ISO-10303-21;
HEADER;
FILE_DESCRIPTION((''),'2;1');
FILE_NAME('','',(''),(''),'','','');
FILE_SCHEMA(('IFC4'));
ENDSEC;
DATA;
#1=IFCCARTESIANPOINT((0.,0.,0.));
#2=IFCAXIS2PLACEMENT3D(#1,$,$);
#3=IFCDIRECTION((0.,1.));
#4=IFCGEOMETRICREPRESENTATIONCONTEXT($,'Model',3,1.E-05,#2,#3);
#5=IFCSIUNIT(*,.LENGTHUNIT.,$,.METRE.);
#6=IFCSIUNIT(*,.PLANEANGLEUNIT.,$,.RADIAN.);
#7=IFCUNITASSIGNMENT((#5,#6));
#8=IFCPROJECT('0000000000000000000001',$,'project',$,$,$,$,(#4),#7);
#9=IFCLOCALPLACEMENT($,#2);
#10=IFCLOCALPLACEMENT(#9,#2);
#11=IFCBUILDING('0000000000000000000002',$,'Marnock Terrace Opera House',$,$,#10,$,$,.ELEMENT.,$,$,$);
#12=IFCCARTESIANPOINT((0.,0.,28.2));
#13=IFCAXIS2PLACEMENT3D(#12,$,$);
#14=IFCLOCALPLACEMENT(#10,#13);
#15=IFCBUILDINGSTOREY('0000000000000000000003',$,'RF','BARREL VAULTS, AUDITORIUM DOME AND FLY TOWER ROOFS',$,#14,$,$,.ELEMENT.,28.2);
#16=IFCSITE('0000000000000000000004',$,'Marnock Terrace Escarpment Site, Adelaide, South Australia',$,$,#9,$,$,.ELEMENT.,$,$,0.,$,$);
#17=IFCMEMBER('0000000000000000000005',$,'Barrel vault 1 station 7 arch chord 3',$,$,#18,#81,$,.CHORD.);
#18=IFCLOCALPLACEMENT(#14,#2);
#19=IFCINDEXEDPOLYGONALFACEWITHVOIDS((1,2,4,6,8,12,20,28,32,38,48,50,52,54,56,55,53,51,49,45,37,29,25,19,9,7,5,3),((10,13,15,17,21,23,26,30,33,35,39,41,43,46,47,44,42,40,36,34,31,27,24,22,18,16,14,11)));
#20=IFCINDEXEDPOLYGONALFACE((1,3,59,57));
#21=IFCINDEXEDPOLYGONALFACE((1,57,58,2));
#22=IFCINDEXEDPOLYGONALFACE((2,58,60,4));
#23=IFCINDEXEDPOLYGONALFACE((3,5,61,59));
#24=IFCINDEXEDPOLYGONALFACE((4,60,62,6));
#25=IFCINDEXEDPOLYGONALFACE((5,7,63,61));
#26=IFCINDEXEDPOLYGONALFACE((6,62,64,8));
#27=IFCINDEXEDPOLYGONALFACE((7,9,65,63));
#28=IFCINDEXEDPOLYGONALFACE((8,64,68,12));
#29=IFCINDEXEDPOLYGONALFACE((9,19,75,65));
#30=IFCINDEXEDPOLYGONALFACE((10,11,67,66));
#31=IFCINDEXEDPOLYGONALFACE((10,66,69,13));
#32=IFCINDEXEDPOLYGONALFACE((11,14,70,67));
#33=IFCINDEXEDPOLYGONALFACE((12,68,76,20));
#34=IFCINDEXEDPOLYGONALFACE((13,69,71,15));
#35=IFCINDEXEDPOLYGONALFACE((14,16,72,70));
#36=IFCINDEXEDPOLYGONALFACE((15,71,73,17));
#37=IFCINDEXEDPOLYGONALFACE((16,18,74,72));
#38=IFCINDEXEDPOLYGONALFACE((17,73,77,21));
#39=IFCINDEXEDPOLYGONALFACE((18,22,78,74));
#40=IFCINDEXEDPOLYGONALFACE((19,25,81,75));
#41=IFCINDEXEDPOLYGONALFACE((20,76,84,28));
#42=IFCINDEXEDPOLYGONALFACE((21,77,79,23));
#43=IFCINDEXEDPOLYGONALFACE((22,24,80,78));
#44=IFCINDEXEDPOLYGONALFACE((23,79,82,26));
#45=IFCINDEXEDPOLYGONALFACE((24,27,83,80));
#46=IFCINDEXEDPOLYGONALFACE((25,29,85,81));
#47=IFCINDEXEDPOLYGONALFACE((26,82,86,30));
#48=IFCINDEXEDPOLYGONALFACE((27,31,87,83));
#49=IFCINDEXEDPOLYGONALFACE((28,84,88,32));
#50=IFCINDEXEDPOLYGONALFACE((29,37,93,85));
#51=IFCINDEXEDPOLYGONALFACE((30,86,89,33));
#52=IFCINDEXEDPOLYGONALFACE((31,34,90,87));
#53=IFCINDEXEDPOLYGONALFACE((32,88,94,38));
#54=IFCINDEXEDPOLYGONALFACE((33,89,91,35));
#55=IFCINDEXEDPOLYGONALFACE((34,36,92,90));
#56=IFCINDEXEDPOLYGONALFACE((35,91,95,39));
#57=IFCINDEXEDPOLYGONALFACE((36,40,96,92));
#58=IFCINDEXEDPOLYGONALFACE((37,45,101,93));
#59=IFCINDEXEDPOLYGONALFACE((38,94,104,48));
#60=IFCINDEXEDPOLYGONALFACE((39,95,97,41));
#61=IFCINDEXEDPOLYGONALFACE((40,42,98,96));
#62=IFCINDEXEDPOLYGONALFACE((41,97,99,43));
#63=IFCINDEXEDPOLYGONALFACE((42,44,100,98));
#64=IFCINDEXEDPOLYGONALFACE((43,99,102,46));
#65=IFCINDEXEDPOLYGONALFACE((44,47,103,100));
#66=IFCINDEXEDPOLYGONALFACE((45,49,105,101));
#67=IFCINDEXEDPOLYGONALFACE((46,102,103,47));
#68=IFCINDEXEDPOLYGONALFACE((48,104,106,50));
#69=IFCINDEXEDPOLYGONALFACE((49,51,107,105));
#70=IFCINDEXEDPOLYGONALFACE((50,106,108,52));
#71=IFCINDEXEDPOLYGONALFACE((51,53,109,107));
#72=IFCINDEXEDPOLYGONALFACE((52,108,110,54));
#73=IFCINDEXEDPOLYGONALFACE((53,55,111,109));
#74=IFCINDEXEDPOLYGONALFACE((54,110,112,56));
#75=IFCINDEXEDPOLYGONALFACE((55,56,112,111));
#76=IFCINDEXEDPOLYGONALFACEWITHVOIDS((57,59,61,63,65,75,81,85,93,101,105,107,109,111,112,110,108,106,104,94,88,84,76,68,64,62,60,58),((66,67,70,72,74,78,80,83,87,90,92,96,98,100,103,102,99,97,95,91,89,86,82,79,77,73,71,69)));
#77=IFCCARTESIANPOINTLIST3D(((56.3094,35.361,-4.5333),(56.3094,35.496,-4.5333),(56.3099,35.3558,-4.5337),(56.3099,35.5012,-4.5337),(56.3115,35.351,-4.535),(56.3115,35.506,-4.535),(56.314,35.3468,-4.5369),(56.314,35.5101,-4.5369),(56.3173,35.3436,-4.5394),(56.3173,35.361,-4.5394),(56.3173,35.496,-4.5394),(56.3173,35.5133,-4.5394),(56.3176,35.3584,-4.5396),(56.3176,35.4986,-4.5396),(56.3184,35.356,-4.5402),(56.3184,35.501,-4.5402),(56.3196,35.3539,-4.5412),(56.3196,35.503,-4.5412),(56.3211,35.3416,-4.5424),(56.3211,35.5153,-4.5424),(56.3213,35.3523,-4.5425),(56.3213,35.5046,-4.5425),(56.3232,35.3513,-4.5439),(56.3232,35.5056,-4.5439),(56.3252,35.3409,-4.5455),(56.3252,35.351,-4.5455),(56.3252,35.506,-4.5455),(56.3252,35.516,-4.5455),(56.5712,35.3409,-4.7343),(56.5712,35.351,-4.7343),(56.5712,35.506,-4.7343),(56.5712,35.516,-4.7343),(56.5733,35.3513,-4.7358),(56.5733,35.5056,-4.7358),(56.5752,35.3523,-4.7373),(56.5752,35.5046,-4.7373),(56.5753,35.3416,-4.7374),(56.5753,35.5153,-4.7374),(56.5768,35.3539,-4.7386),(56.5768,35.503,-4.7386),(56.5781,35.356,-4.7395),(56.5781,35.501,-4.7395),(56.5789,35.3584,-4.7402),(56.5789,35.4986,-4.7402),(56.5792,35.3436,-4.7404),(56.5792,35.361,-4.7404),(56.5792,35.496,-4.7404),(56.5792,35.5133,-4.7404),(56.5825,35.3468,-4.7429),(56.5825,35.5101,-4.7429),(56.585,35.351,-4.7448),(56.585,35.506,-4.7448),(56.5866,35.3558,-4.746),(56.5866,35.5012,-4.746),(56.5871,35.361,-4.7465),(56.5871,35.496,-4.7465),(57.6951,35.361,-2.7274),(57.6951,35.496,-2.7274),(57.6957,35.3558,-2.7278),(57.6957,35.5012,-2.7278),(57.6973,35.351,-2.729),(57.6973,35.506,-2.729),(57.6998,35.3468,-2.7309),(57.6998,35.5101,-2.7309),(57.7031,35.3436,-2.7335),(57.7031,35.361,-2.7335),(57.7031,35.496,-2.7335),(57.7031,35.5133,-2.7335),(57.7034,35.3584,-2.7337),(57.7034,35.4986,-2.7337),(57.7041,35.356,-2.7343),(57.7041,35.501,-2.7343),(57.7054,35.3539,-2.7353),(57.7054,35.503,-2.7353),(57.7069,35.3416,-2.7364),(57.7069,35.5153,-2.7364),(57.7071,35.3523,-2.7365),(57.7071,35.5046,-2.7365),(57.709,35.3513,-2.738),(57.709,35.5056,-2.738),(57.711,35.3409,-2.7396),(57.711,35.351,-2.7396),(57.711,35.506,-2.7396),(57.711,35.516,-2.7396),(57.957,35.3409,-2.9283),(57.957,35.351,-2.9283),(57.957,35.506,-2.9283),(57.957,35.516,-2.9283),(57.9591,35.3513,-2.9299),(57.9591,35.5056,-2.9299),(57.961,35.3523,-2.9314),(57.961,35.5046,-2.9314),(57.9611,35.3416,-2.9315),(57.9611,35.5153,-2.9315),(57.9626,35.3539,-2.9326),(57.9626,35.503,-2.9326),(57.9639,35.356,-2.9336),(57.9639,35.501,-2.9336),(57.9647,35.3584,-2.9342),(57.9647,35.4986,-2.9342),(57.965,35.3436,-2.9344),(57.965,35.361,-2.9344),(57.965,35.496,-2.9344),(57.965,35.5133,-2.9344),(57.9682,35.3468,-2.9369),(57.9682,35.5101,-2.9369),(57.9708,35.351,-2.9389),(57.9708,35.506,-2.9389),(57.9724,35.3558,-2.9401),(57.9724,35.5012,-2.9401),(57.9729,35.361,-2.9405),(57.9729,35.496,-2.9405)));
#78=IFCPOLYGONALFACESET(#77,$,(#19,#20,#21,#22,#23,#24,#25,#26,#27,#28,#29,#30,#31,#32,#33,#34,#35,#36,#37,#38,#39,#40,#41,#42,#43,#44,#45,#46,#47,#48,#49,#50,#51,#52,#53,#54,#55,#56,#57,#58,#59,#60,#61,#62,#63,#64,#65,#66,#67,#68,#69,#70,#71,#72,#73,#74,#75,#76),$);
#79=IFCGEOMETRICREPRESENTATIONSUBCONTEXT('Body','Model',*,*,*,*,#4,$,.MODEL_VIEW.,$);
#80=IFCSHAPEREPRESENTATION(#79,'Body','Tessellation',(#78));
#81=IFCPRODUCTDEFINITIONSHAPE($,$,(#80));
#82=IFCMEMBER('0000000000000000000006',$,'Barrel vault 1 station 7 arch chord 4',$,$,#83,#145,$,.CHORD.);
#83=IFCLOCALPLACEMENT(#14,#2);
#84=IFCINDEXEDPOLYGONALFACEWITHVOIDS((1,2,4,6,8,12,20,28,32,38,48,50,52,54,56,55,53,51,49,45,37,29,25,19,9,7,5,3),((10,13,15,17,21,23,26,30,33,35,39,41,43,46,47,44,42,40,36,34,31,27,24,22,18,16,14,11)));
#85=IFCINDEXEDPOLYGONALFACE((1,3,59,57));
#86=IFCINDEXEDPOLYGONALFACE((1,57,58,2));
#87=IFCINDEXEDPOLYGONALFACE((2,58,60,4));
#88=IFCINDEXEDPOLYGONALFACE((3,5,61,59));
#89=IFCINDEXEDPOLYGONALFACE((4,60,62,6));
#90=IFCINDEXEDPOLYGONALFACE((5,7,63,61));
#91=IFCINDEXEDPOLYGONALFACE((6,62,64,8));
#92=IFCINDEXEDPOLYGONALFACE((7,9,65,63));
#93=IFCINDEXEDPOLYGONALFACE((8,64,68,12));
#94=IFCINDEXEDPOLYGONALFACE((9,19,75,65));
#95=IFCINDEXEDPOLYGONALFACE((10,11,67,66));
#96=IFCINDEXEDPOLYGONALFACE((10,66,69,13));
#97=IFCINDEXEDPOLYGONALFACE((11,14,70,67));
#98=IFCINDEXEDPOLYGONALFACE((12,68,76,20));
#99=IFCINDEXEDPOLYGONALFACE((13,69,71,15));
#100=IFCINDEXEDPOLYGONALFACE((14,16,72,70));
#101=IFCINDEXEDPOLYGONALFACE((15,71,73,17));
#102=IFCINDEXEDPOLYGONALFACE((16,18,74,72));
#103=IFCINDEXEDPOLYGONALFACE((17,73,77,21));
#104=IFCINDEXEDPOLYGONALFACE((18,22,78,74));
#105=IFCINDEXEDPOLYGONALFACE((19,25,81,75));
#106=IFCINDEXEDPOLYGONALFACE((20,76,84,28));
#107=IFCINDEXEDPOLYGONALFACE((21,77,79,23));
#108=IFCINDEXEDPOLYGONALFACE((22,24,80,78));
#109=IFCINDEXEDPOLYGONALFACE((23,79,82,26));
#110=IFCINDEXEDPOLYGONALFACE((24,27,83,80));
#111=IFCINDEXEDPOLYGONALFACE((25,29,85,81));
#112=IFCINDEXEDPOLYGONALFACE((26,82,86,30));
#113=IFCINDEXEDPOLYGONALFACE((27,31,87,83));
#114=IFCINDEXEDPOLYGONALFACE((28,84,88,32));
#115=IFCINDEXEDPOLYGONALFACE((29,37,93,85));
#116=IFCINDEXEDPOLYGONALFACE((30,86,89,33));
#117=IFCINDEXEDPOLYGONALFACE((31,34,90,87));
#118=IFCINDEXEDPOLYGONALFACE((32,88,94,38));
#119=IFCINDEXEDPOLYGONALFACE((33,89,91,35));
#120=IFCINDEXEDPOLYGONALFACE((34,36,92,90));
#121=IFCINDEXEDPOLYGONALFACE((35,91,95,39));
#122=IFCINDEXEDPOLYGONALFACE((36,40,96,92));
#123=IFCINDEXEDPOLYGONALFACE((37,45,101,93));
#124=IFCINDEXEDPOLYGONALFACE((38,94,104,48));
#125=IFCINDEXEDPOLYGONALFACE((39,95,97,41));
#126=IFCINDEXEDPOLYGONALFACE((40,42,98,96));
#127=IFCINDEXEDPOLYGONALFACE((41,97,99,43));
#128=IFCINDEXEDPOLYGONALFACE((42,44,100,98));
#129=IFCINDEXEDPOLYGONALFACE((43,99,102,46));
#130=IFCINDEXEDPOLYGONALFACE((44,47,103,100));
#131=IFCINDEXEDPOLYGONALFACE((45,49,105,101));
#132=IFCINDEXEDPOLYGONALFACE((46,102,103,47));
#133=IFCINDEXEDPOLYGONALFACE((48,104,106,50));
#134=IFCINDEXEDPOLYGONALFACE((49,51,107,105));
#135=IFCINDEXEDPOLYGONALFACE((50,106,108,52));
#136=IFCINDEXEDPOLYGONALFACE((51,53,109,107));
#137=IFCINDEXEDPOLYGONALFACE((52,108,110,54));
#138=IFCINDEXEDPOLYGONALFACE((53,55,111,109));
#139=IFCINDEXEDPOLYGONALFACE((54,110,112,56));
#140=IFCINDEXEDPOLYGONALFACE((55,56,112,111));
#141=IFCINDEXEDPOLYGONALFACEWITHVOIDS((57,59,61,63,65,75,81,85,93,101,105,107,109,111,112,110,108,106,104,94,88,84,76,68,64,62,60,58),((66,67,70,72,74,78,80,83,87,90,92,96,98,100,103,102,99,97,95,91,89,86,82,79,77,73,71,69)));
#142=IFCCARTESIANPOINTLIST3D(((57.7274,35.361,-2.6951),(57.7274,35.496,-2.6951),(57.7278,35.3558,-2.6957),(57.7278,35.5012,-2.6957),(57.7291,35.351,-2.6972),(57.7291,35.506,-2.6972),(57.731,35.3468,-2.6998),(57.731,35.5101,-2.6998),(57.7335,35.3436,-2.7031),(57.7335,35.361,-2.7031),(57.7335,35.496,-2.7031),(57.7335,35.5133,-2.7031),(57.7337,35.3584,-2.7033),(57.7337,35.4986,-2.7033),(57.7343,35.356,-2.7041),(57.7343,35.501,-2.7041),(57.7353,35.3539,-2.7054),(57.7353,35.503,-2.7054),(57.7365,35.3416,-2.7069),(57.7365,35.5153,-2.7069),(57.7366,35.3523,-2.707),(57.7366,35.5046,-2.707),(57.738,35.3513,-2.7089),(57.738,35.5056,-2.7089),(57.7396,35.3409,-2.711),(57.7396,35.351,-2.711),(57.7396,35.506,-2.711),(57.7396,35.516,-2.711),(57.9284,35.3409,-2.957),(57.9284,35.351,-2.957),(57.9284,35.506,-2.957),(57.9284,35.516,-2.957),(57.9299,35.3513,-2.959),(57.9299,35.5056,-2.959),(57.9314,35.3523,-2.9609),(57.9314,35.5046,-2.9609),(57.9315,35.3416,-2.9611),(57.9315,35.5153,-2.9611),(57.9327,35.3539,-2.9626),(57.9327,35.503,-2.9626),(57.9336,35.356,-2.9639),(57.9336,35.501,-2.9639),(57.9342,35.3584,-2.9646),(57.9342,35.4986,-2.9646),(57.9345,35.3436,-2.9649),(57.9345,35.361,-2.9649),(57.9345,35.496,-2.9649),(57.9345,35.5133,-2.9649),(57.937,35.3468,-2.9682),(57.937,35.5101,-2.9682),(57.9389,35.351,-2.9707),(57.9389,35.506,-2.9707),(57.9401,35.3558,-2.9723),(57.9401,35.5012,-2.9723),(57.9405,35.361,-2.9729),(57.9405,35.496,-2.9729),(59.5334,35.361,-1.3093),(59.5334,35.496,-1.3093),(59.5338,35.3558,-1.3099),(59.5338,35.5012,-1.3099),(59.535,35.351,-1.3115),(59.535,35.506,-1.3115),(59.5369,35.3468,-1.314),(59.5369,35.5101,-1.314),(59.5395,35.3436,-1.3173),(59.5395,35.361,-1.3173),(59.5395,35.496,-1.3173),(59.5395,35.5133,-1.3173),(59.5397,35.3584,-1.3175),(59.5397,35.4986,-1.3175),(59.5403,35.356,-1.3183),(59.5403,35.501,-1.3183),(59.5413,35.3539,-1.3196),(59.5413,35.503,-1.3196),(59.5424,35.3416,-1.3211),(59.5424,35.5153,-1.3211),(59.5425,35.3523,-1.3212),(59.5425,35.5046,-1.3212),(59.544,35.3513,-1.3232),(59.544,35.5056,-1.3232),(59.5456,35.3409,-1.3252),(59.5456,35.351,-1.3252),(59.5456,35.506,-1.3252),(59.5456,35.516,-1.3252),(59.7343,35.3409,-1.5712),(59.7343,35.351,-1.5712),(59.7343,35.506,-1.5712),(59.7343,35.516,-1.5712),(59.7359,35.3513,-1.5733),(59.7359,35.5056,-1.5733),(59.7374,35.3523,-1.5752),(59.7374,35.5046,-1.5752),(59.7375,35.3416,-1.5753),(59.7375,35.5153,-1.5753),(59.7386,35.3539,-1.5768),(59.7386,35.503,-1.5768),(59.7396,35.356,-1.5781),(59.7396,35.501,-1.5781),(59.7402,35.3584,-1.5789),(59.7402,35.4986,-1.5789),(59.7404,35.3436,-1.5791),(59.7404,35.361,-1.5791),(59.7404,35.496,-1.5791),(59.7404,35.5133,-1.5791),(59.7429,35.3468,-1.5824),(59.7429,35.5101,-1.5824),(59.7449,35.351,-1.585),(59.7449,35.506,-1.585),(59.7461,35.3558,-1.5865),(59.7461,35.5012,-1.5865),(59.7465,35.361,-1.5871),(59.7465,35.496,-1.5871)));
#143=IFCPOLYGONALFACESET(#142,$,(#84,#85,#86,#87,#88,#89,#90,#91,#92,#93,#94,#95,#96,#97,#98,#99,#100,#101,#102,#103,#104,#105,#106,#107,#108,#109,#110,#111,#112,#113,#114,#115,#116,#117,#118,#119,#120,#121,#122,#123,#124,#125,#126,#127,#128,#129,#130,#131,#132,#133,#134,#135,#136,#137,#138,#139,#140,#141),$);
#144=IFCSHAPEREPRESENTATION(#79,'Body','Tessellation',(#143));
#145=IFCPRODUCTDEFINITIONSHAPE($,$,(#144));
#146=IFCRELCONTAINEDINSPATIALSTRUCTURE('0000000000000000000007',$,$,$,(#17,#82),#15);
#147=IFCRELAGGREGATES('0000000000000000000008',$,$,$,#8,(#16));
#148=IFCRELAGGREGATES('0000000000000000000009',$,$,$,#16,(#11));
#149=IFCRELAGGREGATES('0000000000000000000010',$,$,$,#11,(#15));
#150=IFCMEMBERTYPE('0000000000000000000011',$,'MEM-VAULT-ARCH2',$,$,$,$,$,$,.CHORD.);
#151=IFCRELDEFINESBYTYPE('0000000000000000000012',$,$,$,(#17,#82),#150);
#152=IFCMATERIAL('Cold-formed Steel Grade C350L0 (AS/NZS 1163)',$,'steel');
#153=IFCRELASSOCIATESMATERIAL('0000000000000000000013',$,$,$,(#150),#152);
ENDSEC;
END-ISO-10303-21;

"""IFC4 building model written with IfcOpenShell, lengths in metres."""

from ifc_helpers import new_model, si_unit, direction, frame, origin, origin_2d, place, context, subcontext, project, spatial, hollow_rectangle, extrude, material, material_profile, profile_set, type_object, element, save


model = new_model("IFC4")

# Units and contexts
model_context = context("Model", 3, precision=1e-05, world=origin(), true_north=direction((0.0, 1.0)))
body_context = subcontext(model_context, "Body", "Model", "MODEL_VIEW")
ifc_project = project(units=[si_unit("LENGTHUNIT", "METRE"), si_unit("PLANEANGLEUNIT", "RADIAN")], contexts=[model_context])

# Site, building, storey
site_placement = place(None, origin())
site = spatial("IfcSite", under=ifc_project, at=site_placement, Name="Marnock Terrace Escarpment Site, Adelaide, South Australia", CompositionType="ELEMENT", RefElevation=0.0)
building_placement = place(site_placement, origin())
building = spatial("IfcBuilding", under=site, at=building_placement, Name="Marnock Terrace Opera House", CompositionType="ELEMENT")
storey_placement = place(building_placement, frame((0.0, 0.0, 28.2)))
storey = spatial("IfcBuildingStorey", under=building, at=storey_placement, Name="RF", Description="BARREL VAULTS, AUDITORIUM DOME AND FLY TOWER ROOFS", CompositionType="ELEMENT", Elevation=28.2)

# Members
ifc_material_1 = material(Name="Cold-formed Steel Grade C350L0 (AS/NZS 1163)", Category="steel")
ifc_material_profile_1 = material_profile(ifc_material_1, hollow_rectangle(XDim=0.175, YDim=0.3501, WallThickness=0.01, InnerFilletRadius=0.01, OuterFilletRadius=0.02, at=origin_2d()))
ifc_profile_set_1 = profile_set([ifc_material_profile_1], Name="Cold-formed Steel Grade C350L0 (AS/NZS 1163)")
member_type_1 = type_object("IfcMemberType", Name="MEM-VAULT-ARCH2", PredefinedType="CHORD", material=ifc_profile_set_1)
for number, where, z_axis, x_axis, name in (
    (1, (56.4482, 35.4285, -4.6399), (0.608767, 0.0, 0.793349), (0.0, 1.0, 0.0), "Barrel vault 1 station 7 arch chord 3"),
    (2, (57.834, 35.4285, -2.834), (0.793349, 0.0, 0.608767), (0.0, 1.0, 0.0), "Barrel vault 1 station 7 arch chord 4"),
):
    element("IfcMember", number, at=place(storey_placement, frame(where, z_axis=z_axis, x_axis=x_axis)), inside=storey, type_object=member_type_1, Name=name, PredefinedType="CHORD", context=body_context, shape_type="SweptSolid", body=[
        extrude(hollow_rectangle(XDim=0.175, YDim=0.3501, WallThickness=0.01, InnerFilletRadius=0.01, OuterFilletRadius=0.02, at=origin_2d()), origin(), (0.0, 0.0, 1.0), 2.2764),
    ])

save(model, "model.ifc")
